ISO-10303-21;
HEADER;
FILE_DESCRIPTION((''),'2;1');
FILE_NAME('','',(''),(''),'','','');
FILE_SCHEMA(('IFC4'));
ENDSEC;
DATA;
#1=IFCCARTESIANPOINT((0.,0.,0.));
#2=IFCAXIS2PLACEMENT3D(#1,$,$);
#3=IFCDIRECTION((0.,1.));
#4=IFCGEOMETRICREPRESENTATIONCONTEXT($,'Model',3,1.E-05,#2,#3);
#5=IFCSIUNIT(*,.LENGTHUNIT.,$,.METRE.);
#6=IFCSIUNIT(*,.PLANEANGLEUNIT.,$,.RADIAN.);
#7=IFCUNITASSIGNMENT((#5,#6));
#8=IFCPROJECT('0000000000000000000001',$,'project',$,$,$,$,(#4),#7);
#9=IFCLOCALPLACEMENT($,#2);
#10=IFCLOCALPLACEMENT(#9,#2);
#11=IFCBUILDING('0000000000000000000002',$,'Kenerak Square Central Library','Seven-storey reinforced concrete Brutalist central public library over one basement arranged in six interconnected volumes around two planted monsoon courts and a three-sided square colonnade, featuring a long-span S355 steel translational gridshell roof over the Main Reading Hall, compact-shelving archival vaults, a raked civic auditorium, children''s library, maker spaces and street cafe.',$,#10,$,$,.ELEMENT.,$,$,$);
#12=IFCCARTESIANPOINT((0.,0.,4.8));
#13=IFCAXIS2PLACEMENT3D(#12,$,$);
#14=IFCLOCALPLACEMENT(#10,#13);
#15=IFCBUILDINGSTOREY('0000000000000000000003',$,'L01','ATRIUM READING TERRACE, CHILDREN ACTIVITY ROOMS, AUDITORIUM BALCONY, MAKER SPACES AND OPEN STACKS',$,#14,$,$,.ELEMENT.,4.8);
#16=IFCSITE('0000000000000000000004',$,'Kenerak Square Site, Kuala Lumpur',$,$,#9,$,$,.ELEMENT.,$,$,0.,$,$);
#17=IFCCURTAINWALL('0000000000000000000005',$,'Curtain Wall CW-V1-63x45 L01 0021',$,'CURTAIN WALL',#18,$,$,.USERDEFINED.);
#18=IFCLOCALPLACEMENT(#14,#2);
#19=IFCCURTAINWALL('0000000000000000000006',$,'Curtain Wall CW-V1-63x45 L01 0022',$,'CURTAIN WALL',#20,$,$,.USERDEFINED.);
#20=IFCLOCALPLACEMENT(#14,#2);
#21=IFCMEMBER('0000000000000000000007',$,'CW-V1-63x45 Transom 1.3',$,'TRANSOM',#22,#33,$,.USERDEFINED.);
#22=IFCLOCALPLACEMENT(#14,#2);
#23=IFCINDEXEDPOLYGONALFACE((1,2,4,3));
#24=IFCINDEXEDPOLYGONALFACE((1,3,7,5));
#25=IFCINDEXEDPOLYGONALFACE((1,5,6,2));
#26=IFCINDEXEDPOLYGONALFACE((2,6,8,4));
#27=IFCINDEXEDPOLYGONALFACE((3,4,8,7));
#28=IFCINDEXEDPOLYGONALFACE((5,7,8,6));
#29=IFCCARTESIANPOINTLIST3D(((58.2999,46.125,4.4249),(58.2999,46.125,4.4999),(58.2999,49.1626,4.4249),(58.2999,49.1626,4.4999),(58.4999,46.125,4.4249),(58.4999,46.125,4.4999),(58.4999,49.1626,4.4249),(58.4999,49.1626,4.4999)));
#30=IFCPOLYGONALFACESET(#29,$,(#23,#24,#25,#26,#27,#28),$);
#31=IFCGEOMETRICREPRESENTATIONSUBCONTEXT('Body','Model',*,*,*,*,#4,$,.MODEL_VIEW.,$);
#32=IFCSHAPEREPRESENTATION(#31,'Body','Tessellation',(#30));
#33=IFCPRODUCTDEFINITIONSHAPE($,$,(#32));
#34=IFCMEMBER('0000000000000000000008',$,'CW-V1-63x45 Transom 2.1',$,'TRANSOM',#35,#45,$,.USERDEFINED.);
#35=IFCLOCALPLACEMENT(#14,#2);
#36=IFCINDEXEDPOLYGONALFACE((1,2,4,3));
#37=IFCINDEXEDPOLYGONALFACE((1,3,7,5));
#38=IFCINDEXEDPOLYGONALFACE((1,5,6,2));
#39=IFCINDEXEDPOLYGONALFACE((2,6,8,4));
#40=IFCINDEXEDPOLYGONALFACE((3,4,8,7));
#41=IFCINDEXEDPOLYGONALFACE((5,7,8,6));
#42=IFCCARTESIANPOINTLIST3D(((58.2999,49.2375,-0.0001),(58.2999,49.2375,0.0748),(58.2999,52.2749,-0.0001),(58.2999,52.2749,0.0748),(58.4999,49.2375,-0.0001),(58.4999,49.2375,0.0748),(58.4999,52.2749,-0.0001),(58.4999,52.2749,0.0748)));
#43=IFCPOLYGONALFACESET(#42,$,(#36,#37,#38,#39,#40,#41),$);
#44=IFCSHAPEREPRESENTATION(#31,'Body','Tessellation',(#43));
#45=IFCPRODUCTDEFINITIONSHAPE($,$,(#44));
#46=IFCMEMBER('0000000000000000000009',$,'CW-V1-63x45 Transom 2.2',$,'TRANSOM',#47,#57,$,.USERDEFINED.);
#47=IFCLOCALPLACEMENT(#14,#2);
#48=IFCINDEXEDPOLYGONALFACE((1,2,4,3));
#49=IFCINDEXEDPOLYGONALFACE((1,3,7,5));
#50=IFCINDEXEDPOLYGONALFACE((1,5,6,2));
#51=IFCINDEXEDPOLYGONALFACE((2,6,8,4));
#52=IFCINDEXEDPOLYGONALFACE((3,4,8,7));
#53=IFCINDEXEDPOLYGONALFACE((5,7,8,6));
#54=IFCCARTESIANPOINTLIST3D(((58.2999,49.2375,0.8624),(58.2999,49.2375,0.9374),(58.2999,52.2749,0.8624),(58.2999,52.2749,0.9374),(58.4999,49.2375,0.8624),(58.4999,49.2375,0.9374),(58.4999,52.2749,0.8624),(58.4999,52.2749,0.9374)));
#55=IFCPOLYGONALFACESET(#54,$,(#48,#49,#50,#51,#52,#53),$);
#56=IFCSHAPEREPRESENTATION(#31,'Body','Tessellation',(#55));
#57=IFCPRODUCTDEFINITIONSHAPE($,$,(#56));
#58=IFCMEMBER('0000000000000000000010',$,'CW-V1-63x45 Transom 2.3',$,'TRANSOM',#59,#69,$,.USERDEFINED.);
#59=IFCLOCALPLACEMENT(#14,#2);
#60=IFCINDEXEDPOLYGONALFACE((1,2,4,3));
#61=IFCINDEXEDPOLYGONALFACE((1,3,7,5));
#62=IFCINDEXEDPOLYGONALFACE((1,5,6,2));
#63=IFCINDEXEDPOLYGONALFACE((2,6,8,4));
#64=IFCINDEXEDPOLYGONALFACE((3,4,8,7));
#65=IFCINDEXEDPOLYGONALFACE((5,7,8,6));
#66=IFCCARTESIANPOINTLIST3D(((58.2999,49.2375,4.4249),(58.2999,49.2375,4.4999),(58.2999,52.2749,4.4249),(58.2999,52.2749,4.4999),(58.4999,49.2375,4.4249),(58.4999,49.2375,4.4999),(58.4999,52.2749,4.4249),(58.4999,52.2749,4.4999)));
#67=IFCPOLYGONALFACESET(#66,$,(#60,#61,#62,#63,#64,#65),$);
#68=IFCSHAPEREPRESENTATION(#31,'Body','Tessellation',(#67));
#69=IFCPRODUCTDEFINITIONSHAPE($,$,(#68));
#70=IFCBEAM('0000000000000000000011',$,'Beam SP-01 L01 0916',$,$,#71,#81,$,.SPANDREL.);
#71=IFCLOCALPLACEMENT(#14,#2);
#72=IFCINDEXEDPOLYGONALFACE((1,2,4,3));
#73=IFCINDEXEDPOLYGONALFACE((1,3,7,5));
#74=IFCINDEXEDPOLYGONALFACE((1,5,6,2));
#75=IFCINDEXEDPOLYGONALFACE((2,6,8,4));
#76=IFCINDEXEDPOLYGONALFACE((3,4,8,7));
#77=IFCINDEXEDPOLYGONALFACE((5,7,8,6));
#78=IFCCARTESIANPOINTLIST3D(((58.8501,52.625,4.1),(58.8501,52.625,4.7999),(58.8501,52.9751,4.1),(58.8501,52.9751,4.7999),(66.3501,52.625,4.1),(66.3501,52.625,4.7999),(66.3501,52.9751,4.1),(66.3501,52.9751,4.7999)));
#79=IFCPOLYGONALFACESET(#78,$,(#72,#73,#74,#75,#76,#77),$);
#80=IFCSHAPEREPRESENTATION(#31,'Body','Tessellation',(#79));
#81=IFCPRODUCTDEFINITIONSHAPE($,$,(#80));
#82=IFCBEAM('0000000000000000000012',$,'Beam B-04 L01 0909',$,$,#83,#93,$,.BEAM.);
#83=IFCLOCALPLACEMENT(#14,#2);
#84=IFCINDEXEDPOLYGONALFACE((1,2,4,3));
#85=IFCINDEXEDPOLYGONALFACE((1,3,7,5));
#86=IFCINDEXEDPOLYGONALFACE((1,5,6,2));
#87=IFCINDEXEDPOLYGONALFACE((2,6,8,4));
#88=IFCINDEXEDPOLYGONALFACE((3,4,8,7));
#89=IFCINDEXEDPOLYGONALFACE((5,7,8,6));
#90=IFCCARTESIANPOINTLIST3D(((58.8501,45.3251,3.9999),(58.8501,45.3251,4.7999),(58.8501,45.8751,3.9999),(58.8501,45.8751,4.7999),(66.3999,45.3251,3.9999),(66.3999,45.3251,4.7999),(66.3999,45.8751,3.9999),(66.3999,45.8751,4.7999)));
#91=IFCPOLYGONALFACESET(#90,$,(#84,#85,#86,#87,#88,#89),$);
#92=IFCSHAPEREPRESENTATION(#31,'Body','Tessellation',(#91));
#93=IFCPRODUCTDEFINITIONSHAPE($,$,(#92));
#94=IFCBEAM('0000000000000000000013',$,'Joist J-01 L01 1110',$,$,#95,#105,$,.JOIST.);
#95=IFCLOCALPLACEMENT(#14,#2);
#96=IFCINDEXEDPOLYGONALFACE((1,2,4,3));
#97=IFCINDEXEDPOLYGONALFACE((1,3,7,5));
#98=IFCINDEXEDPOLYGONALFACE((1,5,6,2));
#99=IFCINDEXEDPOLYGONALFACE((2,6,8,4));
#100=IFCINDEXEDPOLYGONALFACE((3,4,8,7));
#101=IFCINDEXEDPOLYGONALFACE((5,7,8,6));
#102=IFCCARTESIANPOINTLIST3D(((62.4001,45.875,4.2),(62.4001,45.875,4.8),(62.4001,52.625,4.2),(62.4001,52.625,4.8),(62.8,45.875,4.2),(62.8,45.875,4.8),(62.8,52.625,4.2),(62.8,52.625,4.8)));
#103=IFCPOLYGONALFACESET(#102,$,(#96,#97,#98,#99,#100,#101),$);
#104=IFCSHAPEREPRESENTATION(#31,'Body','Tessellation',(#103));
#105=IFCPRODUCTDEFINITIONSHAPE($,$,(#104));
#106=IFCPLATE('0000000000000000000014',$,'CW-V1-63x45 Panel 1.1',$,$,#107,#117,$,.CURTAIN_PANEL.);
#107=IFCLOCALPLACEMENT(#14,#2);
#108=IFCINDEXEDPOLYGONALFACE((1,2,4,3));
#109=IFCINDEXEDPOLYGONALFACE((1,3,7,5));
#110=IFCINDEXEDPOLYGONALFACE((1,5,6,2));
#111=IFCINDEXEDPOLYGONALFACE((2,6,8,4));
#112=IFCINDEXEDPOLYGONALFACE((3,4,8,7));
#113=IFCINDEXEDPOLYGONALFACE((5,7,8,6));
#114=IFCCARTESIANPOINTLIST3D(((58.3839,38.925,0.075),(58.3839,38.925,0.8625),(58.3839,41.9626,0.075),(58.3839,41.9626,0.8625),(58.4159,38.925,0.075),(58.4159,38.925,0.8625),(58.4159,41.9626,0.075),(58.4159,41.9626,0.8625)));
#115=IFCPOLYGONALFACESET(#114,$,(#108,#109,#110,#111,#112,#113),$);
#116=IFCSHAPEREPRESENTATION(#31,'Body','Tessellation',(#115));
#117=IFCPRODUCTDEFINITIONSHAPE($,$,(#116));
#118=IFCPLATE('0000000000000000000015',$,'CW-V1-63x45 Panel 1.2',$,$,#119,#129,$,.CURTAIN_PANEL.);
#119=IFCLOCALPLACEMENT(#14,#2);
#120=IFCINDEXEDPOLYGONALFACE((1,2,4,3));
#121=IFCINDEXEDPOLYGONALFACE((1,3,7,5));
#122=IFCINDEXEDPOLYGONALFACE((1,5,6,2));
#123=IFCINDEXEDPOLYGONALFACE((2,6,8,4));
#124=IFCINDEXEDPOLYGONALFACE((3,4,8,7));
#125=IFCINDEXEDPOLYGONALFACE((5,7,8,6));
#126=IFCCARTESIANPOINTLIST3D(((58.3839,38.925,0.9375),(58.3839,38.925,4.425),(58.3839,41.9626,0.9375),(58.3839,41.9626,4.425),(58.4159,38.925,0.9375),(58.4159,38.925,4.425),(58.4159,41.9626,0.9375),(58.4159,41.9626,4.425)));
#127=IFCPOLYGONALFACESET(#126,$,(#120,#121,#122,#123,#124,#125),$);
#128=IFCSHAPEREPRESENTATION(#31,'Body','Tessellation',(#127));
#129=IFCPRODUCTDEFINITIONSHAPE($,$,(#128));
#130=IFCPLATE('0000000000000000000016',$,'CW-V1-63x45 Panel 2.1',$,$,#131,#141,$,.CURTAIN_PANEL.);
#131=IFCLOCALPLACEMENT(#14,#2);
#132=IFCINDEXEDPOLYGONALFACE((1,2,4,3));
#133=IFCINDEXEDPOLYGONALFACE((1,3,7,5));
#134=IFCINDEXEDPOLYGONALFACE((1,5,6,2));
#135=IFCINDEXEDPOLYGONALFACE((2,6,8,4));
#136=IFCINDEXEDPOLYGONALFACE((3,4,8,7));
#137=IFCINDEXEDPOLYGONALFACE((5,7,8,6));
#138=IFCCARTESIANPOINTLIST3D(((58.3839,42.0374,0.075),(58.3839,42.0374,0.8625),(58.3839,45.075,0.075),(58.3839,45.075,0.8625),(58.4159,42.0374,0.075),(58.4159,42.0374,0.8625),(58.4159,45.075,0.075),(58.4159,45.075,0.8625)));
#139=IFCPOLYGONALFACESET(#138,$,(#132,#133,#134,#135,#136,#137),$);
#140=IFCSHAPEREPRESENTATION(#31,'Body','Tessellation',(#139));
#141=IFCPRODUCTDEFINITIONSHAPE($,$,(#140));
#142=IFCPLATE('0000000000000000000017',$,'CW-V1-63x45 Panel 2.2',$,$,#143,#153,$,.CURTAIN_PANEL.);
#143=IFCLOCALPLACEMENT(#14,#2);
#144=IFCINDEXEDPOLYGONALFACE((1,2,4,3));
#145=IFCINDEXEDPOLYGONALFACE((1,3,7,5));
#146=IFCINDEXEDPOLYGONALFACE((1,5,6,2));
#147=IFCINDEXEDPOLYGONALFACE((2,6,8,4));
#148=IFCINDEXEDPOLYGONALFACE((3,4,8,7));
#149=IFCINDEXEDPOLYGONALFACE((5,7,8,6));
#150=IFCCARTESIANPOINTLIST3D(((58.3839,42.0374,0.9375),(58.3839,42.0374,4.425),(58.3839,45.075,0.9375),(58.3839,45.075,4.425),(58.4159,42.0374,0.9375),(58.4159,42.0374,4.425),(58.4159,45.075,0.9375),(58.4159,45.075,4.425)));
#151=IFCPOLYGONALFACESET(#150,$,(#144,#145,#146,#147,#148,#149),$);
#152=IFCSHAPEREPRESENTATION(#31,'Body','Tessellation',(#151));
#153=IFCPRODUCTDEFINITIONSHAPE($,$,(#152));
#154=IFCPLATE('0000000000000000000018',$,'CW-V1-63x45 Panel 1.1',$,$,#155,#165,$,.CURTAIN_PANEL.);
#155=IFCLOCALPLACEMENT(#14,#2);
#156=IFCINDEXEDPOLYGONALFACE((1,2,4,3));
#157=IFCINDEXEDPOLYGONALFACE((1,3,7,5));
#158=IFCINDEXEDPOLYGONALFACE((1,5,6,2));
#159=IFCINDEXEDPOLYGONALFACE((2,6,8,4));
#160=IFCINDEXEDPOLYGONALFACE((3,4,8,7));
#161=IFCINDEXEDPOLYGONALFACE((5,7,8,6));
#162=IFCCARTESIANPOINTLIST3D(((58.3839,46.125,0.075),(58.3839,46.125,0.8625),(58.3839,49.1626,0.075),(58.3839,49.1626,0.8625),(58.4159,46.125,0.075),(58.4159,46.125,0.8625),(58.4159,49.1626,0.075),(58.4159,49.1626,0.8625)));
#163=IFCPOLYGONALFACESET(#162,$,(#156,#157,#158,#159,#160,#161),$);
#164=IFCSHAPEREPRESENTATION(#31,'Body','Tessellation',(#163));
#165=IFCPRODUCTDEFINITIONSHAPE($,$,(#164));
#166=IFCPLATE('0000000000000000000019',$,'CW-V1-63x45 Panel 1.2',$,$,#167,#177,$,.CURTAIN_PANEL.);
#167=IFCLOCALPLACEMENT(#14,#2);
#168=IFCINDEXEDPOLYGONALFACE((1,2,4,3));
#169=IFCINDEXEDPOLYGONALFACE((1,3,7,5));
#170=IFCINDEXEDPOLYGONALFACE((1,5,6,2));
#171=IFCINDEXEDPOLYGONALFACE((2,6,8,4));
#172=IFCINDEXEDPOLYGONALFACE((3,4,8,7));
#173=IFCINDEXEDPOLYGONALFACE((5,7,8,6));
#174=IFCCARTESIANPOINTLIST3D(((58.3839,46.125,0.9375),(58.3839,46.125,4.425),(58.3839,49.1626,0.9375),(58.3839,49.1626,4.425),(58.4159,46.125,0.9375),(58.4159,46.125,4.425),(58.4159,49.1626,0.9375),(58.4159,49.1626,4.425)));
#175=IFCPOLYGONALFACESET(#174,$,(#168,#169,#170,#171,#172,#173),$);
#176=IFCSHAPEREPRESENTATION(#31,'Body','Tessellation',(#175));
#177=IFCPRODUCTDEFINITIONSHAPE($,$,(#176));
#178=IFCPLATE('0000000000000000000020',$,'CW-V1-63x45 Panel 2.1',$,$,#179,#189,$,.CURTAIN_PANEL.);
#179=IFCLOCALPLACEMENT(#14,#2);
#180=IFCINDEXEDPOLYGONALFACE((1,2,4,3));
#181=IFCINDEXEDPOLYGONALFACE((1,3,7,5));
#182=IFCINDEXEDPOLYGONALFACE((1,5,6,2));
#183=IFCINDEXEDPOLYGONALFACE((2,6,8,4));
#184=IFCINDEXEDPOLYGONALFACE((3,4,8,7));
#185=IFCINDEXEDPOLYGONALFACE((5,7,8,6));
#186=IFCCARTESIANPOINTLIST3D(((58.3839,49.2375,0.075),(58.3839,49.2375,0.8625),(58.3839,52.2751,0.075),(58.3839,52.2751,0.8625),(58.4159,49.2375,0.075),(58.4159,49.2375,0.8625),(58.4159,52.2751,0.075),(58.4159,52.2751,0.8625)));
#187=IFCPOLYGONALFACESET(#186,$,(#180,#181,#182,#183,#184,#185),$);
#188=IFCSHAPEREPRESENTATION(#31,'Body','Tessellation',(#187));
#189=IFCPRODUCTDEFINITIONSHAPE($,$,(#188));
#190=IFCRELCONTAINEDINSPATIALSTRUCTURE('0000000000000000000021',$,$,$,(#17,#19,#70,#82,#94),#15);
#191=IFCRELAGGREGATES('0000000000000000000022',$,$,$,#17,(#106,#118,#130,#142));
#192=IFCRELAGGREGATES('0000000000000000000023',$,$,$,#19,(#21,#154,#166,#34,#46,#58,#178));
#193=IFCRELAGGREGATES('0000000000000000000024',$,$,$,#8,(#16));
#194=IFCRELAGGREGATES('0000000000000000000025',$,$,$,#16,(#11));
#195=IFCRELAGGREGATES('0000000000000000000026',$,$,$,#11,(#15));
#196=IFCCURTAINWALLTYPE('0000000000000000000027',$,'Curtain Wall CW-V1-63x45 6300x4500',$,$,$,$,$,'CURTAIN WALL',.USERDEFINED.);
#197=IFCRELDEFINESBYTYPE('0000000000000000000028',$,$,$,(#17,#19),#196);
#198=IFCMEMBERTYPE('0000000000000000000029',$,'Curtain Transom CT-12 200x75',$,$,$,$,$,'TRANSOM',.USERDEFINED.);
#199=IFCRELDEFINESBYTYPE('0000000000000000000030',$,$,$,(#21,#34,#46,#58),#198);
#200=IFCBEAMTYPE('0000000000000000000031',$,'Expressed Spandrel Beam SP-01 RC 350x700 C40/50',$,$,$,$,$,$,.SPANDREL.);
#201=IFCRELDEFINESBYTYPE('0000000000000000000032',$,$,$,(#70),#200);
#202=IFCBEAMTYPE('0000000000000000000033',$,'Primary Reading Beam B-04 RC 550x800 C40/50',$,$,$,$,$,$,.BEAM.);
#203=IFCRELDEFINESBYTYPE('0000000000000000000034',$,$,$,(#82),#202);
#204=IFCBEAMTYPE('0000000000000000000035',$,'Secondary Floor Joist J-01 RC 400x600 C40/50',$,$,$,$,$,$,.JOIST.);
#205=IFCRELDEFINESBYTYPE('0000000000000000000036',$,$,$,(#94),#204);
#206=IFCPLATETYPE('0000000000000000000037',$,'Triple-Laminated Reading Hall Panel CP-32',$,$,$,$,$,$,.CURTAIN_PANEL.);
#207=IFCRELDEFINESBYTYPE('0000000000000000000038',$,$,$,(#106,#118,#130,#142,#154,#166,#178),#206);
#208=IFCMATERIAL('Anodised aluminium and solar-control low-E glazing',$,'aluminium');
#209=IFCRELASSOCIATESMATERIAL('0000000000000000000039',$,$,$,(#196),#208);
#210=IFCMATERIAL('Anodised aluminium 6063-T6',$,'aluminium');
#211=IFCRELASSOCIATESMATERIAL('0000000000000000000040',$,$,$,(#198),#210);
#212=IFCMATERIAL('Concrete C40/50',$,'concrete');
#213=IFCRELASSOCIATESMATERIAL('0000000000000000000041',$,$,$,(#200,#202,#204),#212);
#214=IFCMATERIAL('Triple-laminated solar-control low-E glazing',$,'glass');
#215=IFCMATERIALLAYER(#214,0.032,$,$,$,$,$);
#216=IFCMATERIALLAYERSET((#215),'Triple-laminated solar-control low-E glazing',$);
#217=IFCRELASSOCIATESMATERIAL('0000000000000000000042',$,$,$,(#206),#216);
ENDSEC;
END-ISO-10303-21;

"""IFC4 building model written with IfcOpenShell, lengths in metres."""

from ifc_helpers import new_model, si_unit, direction, frame, origin, origin_2d, place, context, subcontext, project, spatial, rectangle, extrude, material, layer, layer_set, material_profile, profile_set, type_object, element, aggregate, save


model = new_model("IFC4")

# Units and contexts
model_context = context("Model", 3, precision=1e-05, world=origin(), true_north=direction((0.0, 1.0)))
body_context = subcontext(model_context, "Body", "Model", "MODEL_VIEW")
ifc_project = project(units=[si_unit("LENGTHUNIT", "METRE"), si_unit("PLANEANGLEUNIT", "RADIAN")], contexts=[model_context])

# Site, building, storey
site_placement = place(None, origin())
site = spatial("IfcSite", under=ifc_project, at=site_placement, Name="Kenerak Square Site, Kuala Lumpur", CompositionType="ELEMENT", RefElevation=0.0)
building_placement = place(site_placement, origin())
building = spatial("IfcBuilding", under=site, at=building_placement, Name="Kenerak Square Central Library", Description="Seven-storey reinforced concrete Brutalist central public library over one basement arranged in six interconnected volumes around two planted monsoon courts and a three-sided square colonnade, featuring a long-span S355 steel translational gridshell roof over the Main Reading Hall, compact-shelving archival vaults, a raked civic auditorium, children's library, maker spaces and street cafe.", CompositionType="ELEMENT")
storey_placement = place(building_placement, frame((0.0, 0.0, 4.8)))
storey = spatial("IfcBuildingStorey", under=building, at=storey_placement, Name="L01", Description="ATRIUM READING TERRACE, CHILDREN ACTIVITY ROOMS, AUDITORIUM BALCONY, MAKER SPACES AND OPEN STACKS", CompositionType="ELEMENT", Elevation=4.8)

# Shared definitions
ifc_material_1 = material(Name="Concrete C40/50", Category="concrete")

# Curtain walls
ifc_material_2 = material(Name="Anodised aluminium and solar-control low-E glazing", Category="aluminium")
curtain_wall_type = type_object("IfcCurtainWallType", Name="Curtain Wall CW-V1-63x45 6300x4500", ElementType="CURTAIN WALL", PredefinedType="USERDEFINED", material=ifc_material_2)
curtain_wall_1_placement = place(storey_placement, origin())
curtain_wall_1 = element("IfcCurtainWall", 1, at=curtain_wall_1_placement, inside=storey, type_object=curtain_wall_type, Name="Curtain Wall CW-V1-63x45 L01 0021", ObjectType="CURTAIN WALL", PredefinedType="USERDEFINED")
ifc_material_3 = material(Name="Anodised aluminium 6063-T6", Category="aluminium")
curtain_wall_2_placement = place(storey_placement, origin())
curtain_wall_2 = element("IfcCurtainWall", 2, at=curtain_wall_2_placement, inside=storey, type_object=curtain_wall_type, Name="Curtain Wall CW-V1-63x45 L01 0022", ObjectType="CURTAIN WALL", PredefinedType="USERDEFINED")

# Members
ifc_material_profile_1 = material_profile(ifc_material_3, rectangle(XDim=0.2, YDim=0.075, at=origin_2d()), Name="AL TRANSOM 200x75")
ifc_profile_set_1 = profile_set([ifc_material_profile_1], Name="Anodised aluminium 6063-T6")
member_type_1 = type_object("IfcMemberType", Name="Curtain Transom CT-12 200x75", ElementType="TRANSOM", PredefinedType="USERDEFINED", material=ifc_profile_set_1)
member_1_placement = place(storey_placement, frame((58.3999, 46.125, 4.4624), z_axis=(0.0, 1.0, 0.0), x_axis=(-1.0, 0.0, 0.0)))
member_1 = element("IfcMember", 3, at=member_1_placement, type_object=member_type_1, Name="CW-V1-63x45 Transom 1.3", ObjectType="TRANSOM", PredefinedType="USERDEFINED", context=body_context, shape_type="SweptSolid", body=[
    extrude(rectangle(XDim=0.2, YDim=0.075, at=origin_2d()), origin(), (0.0, 0.0, 1.0), 3.0376),
])
member_2_placement = place(storey_placement, frame((58.3999, 49.2375, 0.0374), z_axis=(0.0, 1.0, 0.0), x_axis=(-1.0, 0.0, 0.0)))
member_2 = element("IfcMember", 4, at=member_2_placement, type_object=member_type_1, Name="CW-V1-63x45 Transom 2.1", ObjectType="TRANSOM", PredefinedType="USERDEFINED", context=body_context, shape_type="SweptSolid", body=[
    extrude(rectangle(XDim=0.2, YDim=0.075, at=origin_2d()), origin(), (0.0, 0.0, 1.0), 3.0374),
])
member_3_placement = place(storey_placement, frame((58.3999, 49.2375, 0.8999), z_axis=(0.0, 1.0, 0.0), x_axis=(-1.0, 0.0, 0.0)))
member_3 = element("IfcMember", 5, at=member_3_placement, type_object=member_type_1, Name="CW-V1-63x45 Transom 2.2", ObjectType="TRANSOM", PredefinedType="USERDEFINED", context=body_context, shape_type="SweptSolid", body=[
    extrude(rectangle(XDim=0.2, YDim=0.075, at=origin_2d()), origin(), (0.0, 0.0, 1.0), 3.0374),
])
member_4_placement = place(storey_placement, frame((58.3999, 49.2375, 4.4624), z_axis=(0.0, 1.0, 0.0), x_axis=(-1.0, 0.0, 0.0)))
member_4 = element("IfcMember", 6, at=member_4_placement, type_object=member_type_1, Name="CW-V1-63x45 Transom 2.3", ObjectType="TRANSOM", PredefinedType="USERDEFINED", context=body_context, shape_type="SweptSolid", body=[
    extrude(rectangle(XDim=0.2, YDim=0.075, at=origin_2d()), origin(), (0.0, 0.0, 1.0), 3.0374),
])

# Beams
ifc_material_profile_2 = material_profile(ifc_material_1, rectangle(XDim=0.3501, YDim=0.7, at=origin_2d()), Name="RC 350x700")
ifc_profile_set_2 = profile_set([ifc_material_profile_2], Name="Concrete C40/50")
beam_type_1 = type_object("IfcBeamType", Name="Expressed Spandrel Beam SP-01 RC 350x700 C40/50", PredefinedType="SPANDREL", material=ifc_profile_set_2)
beam_1_placement = place(storey_placement, frame((58.8501, 52.8, 4.45), z_axis=(1.0, 0.0, 0.0), x_axis=(0.0, 1.0, 0.0)))
element("IfcBeam", 7, at=beam_1_placement, inside=storey, type_object=beam_type_1, Name="Beam SP-01 L01 0916", PredefinedType="SPANDREL", context=body_context, shape_type="SweptSolid", body=[
    extrude(rectangle(XDim=0.3501, YDim=0.7, at=origin_2d()), origin(), (0.0, 0.0, 1.0), 7.5),
])
ifc_material_profile_3 = material_profile(ifc_material_1, rectangle(XDim=0.55, YDim=0.8, at=origin_2d()), Name="RC 550x800")
ifc_profile_set_3 = profile_set([ifc_material_profile_3], Name="Concrete C40/50")
beam_type_2 = type_object("IfcBeamType", Name="Primary Reading Beam B-04 RC 550x800 C40/50", PredefinedType="BEAM", material=ifc_profile_set_3)
beam_2_placement = place(storey_placement, frame((58.8501, 45.6001, 4.3999), z_axis=(1.0, 0.0, 0.0), x_axis=(0.0, 1.0, 0.0)))
element("IfcBeam", 8, at=beam_2_placement, inside=storey, type_object=beam_type_2, Name="Beam B-04 L01 0909", PredefinedType="BEAM", context=body_context, shape_type="SweptSolid", body=[
    extrude(rectangle(XDim=0.55, YDim=0.8, at=origin_2d()), origin(), (0.0, 0.0, 1.0), 7.5498),
])
ifc_material_profile_4 = material_profile(ifc_material_1, rectangle(XDim=0.3999, YDim=0.6001, at=origin_2d()), Name="RC 400x600")
ifc_profile_set_4 = profile_set([ifc_material_profile_4], Name="Concrete C40/50")
beam_type_3 = type_object("IfcBeamType", Name="Secondary Floor Joist J-01 RC 400x600 C40/50", PredefinedType="JOIST", material=ifc_profile_set_4)
beam_3_placement = place(storey_placement, frame((62.6001, 45.875, 4.5), z_axis=(0.0, 1.0, 0.0), x_axis=(-1.0, 0.0, 0.0)))
element("IfcBeam", 9, at=beam_3_placement, inside=storey, type_object=beam_type_3, Name="Joist J-01 L01 1110", PredefinedType="JOIST", context=body_context, shape_type="SweptSolid", body=[
    extrude(rectangle(XDim=0.3999, YDim=0.6001, at=origin_2d()), origin(), (0.0, 0.0, 1.0), 6.75),
])

# Plates
ifc_material_4 = material(Name="Triple-laminated solar-control low-E glazing", Category="glass")
ifc_layer_1 = layer(ifc_material_4, 0.032)
ifc_layer_set_1 = layer_set([ifc_layer_1], Name="Triple-laminated solar-control low-E glazing")
plate_type = type_object("IfcPlateType", Name="Triple-Laminated Reading Hall Panel CP-32", PredefinedType="CURTAIN_PANEL", material=ifc_layer_set_1)
plate_1_placement = place(storey_placement, frame((58.3999, 40.4438, 0.075), z_axis=(0.0, 0.0, 1.0), x_axis=(0.0, 1.0, 0.0)))
plate_1 = element("IfcPlate", 10, at=plate_1_placement, type_object=plate_type, Name="CW-V1-63x45 Panel 1.1", PredefinedType="CURTAIN_PANEL", context=body_context, shape_type="SweptSolid", body=[
    extrude(rectangle(XDim=3.0376, YDim=0.032, at=origin_2d()), origin(), (0.0, 0.0, 1.0), 0.7876),
])
plate_2_placement = place(storey_placement, frame((58.3999, 40.4438, 0.9375), z_axis=(0.0, 0.0, 1.0), x_axis=(0.0, 1.0, 0.0)))
plate_2 = element("IfcPlate", 11, at=plate_2_placement, type_object=plate_type, Name="CW-V1-63x45 Panel 1.2", PredefinedType="CURTAIN_PANEL", context=body_context, shape_type="SweptSolid", body=[
    extrude(rectangle(XDim=3.0376, YDim=0.032, at=origin_2d()), origin(), (0.0, 0.0, 1.0), 3.4875),
])
plate_3_placement = place(storey_placement, frame((58.3999, 43.5562, 0.075), z_axis=(0.0, 0.0, 1.0), x_axis=(0.0, 1.0, 0.0)))
plate_3 = element("IfcPlate", 12, at=plate_3_placement, type_object=plate_type, Name="CW-V1-63x45 Panel 2.1", PredefinedType="CURTAIN_PANEL", context=body_context, shape_type="SweptSolid", body=[
    extrude(rectangle(XDim=3.0376, YDim=0.032, at=origin_2d()), origin(), (0.0, 0.0, 1.0), 0.7876),
])
plate_4_placement = place(storey_placement, frame((58.3999, 43.5562, 0.9375), z_axis=(0.0, 0.0, 1.0), x_axis=(0.0, 1.0, 0.0)))
plate_4 = element("IfcPlate", 13, at=plate_4_placement, type_object=plate_type, Name="CW-V1-63x45 Panel 2.2", PredefinedType="CURTAIN_PANEL", context=body_context, shape_type="SweptSolid", body=[
    extrude(rectangle(XDim=3.0376, YDim=0.032, at=origin_2d()), origin(), (0.0, 0.0, 1.0), 3.4875),
])
aggregate(curtain_wall_1, [plate_1, plate_2, plate_3, plate_4])
plate_5_placement = place(storey_placement, frame((58.3999, 47.6438, 0.075), z_axis=(0.0, 0.0, 1.0), x_axis=(0.0, 1.0, 0.0)))
plate_5 = element("IfcPlate", 14, at=plate_5_placement, type_object=plate_type, Name="CW-V1-63x45 Panel 1.1", PredefinedType="CURTAIN_PANEL", context=body_context, shape_type="SweptSolid", body=[
    extrude(rectangle(XDim=3.0376, YDim=0.032, at=origin_2d()), origin(), (0.0, 0.0, 1.0), 0.7876),
])
plate_6_placement = place(storey_placement, frame((58.3999, 47.6438, 0.9375), z_axis=(0.0, 0.0, 1.0), x_axis=(0.0, 1.0, 0.0)))
plate_6 = element("IfcPlate", 15, at=plate_6_placement, type_object=plate_type, Name="CW-V1-63x45 Panel 1.2", PredefinedType="CURTAIN_PANEL", context=body_context, shape_type="SweptSolid", body=[
    extrude(rectangle(XDim=3.0376, YDim=0.032, at=origin_2d()), origin(), (0.0, 0.0, 1.0), 3.4875),
])
plate_7_placement = place(storey_placement, frame((58.3999, 50.7563, 0.075), z_axis=(0.0, 0.0, 1.0), x_axis=(0.0, 1.0, 0.0)))
plate_7 = element("IfcPlate", 16, at=plate_7_placement, type_object=plate_type, Name="CW-V1-63x45 Panel 2.1", PredefinedType="CURTAIN_PANEL", context=body_context, shape_type="SweptSolid", body=[
    extrude(rectangle(XDim=3.0376, YDim=0.032, at=origin_2d()), origin(), (0.0, 0.0, 1.0), 0.7876),
])
aggregate(curtain_wall_2, [member_1, plate_5, plate_6, member_2, member_3, member_4, plate_7])

save(model, "model.ifc")
